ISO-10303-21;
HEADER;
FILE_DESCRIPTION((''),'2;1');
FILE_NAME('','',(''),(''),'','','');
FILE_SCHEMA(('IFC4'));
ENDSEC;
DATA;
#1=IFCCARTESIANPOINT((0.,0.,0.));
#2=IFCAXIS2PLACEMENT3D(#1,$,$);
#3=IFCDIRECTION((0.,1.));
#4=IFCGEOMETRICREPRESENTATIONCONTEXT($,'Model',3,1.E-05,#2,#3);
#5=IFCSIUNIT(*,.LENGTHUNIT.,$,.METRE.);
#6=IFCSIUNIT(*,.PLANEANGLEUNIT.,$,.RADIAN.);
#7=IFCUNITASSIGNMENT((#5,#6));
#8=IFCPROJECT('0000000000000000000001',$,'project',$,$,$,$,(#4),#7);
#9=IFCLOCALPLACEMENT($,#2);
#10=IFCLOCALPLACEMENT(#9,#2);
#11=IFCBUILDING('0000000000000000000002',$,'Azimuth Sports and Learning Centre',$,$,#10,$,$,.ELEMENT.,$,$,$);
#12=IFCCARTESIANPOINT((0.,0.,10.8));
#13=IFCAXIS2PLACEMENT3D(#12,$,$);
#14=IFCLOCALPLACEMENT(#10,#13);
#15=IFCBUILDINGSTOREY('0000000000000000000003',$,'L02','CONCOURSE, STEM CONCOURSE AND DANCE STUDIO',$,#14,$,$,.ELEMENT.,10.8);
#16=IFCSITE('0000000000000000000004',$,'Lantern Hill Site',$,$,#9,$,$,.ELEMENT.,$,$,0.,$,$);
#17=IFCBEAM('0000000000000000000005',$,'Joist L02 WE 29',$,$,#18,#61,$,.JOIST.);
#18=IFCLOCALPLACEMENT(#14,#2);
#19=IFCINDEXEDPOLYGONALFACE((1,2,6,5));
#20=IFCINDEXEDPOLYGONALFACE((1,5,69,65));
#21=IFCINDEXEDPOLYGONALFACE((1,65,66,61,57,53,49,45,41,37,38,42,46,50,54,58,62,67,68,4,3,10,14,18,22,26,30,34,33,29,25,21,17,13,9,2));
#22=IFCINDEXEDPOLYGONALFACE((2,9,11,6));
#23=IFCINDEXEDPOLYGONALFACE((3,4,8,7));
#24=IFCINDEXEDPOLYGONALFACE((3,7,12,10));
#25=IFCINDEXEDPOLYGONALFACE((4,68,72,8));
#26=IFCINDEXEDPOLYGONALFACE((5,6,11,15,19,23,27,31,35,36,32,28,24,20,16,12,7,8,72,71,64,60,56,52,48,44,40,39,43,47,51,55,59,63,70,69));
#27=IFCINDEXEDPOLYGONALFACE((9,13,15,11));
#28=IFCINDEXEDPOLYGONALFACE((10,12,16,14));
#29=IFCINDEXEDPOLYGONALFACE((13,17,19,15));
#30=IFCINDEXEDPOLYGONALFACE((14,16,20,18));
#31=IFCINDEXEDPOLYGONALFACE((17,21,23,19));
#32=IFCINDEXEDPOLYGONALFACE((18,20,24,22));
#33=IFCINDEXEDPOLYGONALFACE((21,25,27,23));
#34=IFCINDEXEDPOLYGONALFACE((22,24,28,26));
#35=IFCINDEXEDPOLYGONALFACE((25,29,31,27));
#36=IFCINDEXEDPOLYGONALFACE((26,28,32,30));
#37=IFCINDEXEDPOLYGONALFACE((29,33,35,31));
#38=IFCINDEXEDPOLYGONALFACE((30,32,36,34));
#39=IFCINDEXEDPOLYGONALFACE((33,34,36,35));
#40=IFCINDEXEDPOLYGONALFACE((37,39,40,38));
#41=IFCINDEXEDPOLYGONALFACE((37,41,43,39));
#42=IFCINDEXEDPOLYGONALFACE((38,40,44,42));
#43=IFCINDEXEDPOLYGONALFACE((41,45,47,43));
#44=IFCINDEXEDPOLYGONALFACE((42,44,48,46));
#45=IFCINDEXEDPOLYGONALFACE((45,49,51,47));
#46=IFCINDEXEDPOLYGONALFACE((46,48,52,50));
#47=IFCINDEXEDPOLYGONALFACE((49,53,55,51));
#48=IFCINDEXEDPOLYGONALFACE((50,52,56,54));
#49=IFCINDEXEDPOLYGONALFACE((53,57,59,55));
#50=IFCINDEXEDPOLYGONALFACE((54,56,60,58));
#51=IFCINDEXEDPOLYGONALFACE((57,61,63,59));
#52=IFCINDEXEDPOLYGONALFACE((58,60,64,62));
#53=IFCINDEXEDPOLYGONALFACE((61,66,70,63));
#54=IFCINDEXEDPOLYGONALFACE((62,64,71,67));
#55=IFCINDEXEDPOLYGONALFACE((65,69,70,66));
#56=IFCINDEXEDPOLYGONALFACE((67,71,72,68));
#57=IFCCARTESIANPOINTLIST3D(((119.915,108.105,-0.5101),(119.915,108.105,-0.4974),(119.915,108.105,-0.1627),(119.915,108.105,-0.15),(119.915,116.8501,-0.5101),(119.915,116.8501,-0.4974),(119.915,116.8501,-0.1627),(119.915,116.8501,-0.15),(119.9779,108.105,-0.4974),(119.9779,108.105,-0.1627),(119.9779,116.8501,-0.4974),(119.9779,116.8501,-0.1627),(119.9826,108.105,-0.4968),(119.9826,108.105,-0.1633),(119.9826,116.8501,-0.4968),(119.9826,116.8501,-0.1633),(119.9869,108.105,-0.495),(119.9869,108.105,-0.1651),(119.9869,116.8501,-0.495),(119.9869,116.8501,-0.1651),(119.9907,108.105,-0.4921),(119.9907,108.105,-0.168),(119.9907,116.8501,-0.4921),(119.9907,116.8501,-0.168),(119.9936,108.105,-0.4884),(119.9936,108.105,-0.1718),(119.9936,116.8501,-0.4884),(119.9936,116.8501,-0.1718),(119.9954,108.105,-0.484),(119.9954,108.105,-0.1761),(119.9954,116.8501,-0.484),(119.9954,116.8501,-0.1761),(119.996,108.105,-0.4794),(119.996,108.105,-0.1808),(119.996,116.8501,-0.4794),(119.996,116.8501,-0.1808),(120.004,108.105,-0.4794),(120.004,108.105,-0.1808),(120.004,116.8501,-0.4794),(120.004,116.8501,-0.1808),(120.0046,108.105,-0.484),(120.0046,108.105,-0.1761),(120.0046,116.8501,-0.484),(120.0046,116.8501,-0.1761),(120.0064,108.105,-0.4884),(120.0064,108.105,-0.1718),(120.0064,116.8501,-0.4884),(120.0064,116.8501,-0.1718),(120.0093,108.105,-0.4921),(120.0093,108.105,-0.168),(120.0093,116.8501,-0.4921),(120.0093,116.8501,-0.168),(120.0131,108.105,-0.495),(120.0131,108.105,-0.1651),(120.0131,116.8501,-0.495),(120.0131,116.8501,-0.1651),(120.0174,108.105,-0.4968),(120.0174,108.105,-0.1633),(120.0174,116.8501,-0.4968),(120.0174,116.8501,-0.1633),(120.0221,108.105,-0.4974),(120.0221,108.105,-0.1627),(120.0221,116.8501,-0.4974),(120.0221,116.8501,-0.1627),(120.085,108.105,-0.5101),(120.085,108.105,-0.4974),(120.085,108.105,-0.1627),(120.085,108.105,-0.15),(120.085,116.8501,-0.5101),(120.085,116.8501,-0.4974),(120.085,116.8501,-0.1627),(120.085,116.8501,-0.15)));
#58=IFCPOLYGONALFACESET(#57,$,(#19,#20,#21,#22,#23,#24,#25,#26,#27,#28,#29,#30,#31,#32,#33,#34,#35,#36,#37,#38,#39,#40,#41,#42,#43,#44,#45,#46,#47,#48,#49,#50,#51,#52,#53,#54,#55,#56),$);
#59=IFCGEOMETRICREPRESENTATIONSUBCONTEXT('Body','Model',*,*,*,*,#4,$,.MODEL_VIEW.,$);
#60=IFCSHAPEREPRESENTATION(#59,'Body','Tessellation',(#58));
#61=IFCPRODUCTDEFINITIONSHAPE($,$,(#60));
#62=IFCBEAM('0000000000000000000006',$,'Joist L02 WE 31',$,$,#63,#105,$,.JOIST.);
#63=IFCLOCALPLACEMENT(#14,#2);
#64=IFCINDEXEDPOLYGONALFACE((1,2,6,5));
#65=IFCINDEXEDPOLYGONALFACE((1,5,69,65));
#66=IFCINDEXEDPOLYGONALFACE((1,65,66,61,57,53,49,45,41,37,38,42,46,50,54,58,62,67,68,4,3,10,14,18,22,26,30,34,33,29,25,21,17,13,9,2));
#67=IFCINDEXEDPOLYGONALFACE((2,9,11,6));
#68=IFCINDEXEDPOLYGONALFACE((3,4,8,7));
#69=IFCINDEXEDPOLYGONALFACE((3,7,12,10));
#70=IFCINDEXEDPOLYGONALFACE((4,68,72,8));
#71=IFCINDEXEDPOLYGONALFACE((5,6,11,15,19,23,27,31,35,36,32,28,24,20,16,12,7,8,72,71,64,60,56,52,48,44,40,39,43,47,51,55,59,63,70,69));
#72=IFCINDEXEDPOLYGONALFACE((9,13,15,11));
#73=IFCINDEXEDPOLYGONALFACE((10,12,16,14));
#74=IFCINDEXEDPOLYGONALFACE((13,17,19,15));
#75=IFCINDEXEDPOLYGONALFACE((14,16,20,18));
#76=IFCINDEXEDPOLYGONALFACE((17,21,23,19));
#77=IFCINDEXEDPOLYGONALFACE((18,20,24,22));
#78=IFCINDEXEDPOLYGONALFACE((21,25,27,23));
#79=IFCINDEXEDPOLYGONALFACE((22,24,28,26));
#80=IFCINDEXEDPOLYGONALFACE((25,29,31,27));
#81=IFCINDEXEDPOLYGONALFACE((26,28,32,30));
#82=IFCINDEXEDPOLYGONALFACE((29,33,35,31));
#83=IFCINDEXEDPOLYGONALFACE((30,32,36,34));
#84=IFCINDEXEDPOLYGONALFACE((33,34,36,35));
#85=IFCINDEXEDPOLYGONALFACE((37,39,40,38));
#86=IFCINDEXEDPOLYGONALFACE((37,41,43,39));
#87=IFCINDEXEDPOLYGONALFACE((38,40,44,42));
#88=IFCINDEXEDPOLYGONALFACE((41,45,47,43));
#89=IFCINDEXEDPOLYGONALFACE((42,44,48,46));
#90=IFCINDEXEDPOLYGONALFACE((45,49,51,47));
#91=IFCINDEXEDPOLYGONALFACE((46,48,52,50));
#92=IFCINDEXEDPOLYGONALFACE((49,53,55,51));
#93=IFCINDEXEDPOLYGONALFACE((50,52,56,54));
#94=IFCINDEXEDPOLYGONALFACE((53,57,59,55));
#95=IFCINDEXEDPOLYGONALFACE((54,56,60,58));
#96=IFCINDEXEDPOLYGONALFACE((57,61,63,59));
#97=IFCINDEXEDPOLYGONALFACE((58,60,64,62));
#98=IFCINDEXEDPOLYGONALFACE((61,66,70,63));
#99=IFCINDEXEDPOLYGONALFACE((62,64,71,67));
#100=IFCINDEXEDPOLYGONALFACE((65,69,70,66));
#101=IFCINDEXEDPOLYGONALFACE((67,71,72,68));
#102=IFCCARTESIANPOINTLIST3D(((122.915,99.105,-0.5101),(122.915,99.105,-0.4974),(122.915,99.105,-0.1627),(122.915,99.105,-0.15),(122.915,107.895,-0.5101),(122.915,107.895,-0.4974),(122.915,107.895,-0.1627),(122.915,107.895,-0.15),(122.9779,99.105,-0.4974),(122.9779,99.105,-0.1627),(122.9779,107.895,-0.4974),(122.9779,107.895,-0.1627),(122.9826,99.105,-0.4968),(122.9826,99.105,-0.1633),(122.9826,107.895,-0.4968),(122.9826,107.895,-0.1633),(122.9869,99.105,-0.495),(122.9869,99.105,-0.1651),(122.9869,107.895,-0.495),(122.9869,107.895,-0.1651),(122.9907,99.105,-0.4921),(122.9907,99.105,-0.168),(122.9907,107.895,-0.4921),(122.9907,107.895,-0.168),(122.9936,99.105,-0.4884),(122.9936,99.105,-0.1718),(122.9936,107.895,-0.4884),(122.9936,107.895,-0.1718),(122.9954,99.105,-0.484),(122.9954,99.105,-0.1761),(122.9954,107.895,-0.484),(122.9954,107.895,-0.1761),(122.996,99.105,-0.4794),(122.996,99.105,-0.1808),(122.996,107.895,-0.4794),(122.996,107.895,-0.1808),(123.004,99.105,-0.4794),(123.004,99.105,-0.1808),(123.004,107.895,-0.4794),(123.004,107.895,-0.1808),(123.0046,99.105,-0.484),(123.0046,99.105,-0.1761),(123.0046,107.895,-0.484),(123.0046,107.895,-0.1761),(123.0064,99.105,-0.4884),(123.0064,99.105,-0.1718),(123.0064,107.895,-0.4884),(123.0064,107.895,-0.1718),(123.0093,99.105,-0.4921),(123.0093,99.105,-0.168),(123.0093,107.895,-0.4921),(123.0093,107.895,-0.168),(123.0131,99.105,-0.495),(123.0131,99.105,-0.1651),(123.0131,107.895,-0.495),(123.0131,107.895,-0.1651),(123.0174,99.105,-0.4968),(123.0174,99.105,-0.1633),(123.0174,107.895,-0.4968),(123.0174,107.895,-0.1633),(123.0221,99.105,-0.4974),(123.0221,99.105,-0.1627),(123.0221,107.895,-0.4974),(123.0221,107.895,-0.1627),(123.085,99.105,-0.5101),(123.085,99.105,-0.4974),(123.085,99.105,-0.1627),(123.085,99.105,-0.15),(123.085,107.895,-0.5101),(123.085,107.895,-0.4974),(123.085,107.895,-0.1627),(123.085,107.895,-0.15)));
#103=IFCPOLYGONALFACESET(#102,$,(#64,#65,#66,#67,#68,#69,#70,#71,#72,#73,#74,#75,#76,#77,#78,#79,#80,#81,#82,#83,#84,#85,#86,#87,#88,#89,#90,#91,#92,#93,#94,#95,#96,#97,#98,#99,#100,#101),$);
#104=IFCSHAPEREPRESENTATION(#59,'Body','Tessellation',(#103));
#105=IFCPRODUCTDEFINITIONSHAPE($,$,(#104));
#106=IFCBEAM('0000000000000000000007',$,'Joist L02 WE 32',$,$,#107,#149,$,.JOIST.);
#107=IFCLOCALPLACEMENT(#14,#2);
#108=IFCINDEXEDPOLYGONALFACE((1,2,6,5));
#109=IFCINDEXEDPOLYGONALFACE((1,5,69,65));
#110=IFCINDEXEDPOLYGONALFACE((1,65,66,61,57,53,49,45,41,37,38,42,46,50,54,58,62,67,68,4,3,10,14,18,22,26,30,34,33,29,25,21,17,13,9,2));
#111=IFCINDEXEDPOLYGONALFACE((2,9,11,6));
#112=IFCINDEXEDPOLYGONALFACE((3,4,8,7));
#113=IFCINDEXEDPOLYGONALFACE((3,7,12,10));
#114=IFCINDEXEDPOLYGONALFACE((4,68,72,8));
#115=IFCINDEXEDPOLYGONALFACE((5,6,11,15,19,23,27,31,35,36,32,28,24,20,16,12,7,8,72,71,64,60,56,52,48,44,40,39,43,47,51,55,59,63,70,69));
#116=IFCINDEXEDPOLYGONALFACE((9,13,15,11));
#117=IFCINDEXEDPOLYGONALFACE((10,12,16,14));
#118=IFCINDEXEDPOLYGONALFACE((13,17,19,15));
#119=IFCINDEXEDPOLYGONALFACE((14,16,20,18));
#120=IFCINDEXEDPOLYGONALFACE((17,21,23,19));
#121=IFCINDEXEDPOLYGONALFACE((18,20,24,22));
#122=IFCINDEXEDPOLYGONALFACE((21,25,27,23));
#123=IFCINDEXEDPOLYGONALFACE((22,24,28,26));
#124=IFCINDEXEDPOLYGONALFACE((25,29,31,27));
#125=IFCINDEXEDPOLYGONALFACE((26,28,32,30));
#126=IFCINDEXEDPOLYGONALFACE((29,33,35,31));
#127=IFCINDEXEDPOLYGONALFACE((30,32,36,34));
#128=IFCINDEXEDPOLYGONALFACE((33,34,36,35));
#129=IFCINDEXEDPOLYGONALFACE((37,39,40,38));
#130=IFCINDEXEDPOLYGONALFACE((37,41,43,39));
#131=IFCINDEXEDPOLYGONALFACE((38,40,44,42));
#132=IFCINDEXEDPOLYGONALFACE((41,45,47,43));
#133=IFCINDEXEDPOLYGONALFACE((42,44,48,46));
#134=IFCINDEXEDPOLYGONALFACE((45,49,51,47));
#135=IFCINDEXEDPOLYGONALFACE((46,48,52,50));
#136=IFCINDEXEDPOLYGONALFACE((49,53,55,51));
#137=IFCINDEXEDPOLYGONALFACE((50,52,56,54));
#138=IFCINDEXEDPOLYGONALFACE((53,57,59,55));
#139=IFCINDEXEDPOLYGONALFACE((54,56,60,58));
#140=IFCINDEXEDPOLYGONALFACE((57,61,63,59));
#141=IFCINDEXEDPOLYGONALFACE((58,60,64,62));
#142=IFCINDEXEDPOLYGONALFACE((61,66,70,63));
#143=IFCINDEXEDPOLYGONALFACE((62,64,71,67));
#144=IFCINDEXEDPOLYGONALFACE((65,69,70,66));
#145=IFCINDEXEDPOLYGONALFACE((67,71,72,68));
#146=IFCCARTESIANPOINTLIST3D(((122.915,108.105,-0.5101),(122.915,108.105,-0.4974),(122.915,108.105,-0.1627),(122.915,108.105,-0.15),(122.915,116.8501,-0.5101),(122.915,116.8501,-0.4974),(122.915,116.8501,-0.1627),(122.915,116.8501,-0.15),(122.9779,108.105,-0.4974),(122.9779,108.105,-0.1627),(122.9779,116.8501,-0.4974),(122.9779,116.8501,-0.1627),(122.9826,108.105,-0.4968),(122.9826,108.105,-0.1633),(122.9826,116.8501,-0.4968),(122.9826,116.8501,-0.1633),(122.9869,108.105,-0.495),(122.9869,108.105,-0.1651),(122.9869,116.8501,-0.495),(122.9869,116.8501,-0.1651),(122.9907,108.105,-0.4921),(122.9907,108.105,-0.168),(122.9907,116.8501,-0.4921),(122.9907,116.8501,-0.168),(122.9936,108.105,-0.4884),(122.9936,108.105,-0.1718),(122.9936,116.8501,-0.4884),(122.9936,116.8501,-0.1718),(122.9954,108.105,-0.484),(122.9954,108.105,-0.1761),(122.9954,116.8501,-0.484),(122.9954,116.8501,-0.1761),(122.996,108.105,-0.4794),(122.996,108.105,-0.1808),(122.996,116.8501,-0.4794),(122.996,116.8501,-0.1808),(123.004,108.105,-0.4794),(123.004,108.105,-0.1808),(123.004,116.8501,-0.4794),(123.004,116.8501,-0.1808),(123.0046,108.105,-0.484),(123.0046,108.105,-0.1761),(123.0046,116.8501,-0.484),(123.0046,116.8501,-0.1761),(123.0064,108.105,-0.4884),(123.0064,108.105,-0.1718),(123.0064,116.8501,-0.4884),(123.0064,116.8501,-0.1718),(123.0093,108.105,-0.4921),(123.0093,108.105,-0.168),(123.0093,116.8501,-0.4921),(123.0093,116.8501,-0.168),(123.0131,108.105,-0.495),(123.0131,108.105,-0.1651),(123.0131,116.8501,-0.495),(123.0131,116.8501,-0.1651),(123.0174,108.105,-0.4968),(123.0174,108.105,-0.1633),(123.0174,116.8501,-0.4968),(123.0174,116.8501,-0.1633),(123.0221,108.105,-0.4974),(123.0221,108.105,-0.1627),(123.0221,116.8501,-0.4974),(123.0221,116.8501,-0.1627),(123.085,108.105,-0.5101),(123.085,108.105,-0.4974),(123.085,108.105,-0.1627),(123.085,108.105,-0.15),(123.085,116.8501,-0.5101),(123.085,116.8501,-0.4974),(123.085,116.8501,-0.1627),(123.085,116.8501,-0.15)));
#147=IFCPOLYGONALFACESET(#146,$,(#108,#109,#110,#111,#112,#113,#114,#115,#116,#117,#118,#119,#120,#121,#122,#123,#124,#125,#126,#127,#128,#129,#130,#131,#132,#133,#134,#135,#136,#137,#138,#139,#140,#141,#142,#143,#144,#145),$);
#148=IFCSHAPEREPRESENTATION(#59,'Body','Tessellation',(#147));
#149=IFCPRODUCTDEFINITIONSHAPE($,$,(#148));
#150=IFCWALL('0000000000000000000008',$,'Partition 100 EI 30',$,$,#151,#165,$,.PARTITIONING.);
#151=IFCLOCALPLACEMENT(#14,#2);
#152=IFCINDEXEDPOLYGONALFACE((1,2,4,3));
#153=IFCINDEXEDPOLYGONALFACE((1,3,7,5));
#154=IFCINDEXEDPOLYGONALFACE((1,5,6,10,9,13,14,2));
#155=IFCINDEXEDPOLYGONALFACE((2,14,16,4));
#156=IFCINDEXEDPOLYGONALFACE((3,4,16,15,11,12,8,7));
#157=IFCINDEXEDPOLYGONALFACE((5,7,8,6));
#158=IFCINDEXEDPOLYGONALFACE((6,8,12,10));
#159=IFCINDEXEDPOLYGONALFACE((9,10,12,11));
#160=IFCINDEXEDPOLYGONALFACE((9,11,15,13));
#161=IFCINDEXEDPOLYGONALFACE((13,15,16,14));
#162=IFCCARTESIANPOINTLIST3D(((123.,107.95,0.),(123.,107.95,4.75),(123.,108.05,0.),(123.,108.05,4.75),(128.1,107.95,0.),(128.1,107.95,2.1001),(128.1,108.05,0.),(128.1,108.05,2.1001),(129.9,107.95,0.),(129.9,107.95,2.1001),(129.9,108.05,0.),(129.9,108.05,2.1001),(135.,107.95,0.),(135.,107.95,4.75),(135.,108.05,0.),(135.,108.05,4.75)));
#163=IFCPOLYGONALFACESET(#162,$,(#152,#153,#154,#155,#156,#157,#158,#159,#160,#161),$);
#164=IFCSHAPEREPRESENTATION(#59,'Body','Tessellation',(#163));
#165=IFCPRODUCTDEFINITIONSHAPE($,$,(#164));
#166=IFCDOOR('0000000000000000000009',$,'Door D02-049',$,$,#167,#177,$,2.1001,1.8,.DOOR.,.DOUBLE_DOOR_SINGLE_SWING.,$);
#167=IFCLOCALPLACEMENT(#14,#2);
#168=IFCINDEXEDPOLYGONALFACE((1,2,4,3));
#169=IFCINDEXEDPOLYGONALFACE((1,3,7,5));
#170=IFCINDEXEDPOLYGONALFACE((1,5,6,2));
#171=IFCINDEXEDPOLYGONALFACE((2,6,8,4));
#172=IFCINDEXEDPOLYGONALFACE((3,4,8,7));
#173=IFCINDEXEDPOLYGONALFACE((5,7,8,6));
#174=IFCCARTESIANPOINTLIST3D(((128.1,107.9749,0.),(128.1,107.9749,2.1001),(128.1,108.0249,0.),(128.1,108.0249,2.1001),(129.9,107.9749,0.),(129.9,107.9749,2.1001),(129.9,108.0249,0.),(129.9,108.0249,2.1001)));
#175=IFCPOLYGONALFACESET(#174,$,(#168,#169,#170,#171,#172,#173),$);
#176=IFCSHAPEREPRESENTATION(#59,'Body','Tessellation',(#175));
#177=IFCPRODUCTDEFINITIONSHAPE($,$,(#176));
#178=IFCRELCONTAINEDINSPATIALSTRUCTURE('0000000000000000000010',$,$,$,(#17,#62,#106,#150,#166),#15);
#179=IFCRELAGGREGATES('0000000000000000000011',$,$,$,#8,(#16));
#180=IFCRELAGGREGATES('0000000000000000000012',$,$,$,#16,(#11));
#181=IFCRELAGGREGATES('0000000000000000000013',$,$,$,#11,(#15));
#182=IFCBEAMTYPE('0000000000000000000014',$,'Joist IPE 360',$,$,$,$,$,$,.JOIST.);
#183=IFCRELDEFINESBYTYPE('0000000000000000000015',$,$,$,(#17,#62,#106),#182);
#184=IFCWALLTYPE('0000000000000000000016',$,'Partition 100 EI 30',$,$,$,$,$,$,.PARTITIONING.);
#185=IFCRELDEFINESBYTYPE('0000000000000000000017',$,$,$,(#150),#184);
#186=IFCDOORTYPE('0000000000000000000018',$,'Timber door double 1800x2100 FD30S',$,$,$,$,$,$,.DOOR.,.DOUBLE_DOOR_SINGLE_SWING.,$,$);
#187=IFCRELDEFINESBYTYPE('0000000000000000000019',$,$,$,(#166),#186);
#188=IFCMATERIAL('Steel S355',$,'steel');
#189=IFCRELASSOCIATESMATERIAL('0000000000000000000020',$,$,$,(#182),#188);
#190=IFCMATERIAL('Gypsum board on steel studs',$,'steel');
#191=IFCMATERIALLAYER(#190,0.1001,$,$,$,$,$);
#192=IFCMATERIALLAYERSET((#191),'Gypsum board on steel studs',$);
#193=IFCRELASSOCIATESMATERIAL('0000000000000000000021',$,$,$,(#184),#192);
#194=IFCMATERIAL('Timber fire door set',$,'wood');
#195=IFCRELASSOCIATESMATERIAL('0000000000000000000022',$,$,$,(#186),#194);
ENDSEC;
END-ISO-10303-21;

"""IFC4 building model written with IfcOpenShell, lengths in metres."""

from ifc_helpers import new_model, si_unit, direction, frame, frame_2d, origin, origin_2d, place, context, subcontext, project, spatial, rectangle, i_section, extrude, material, layer, layer_set, material_profile, profile_set, type_object, element, fill, save


model = new_model("IFC4")

# Units and contexts
model_context = context("Model", 3, precision=1e-05, world=origin(), true_north=direction((0.0, 1.0)))
body_context = subcontext(model_context, "Body", "Model", "MODEL_VIEW")
ifc_project = project(units=[si_unit("LENGTHUNIT", "METRE"), si_unit("PLANEANGLEUNIT", "RADIAN")], contexts=[model_context])

# Site, building, storey
site_placement = place(None, origin())
site = spatial("IfcSite", under=ifc_project, at=site_placement, Name="Lantern Hill Site", CompositionType="ELEMENT", RefElevation=0.0)
building_placement = place(site_placement, origin())
building = spatial("IfcBuilding", under=site, at=building_placement, Name="Azimuth Sports and Learning Centre", CompositionType="ELEMENT")
storey_placement = place(building_placement, frame((0.0, 0.0, 10.8)))
storey = spatial("IfcBuildingStorey", under=building, at=storey_placement, Name="L02", Description="CONCOURSE, STEM CONCOURSE AND DANCE STUDIO", CompositionType="ELEMENT", Elevation=10.8)

# Beams
ifc_material_1 = material(Name="Steel S355", Category="steel")
ifc_material_profile_1 = material_profile(ifc_material_1, i_section(OverallWidth=0.1699, OverallDepth=0.3601, WebThickness=0.0081, FlangeThickness=0.0127, FilletRadius=0.0181, at=origin_2d()), Name="IPE 360")
ifc_profile_set_1 = profile_set([ifc_material_profile_1], Name="Steel S355")
beam_type_1 = type_object("IfcBeamType", Name="Joist IPE 360", PredefinedType="JOIST", material=ifc_profile_set_1)
beam_1_placement = place(storey_placement, frame((120.0, 108.105, -0.3301), z_axis=(0.0, 1.0, 0.0), x_axis=(-1.0, 0.0, 0.0)))
element("IfcBeam", 1, at=beam_1_placement, inside=storey, type_object=beam_type_1, Name="Joist L02 WE 29", PredefinedType="JOIST", context=body_context, shape_type="SweptSolid", body=[
    extrude(i_section(OverallWidth=0.1699, OverallDepth=0.3601, WebThickness=0.0081, FlangeThickness=0.0127, FilletRadius=0.0181, at=origin_2d()), origin(), (0.0, 0.0, 1.0), 8.7451),
])
beam_2_placement = place(storey_placement, frame((123.0, 99.105, -0.3301), z_axis=(0.0, 1.0, 0.0), x_axis=(-1.0, 0.0, 0.0)))
element("IfcBeam", 2, at=beam_2_placement, inside=storey, type_object=beam_type_1, Name="Joist L02 WE 31", PredefinedType="JOIST", context=body_context, shape_type="SweptSolid", body=[
    extrude(i_section(OverallWidth=0.1699, OverallDepth=0.3601, WebThickness=0.0081, FlangeThickness=0.0127, FilletRadius=0.0181, at=origin_2d()), origin(), (0.0, 0.0, 1.0), 8.79),
])
beam_3_placement = place(storey_placement, frame((123.0, 108.105, -0.3301), z_axis=(0.0, 1.0, 0.0), x_axis=(-1.0, 0.0, 0.0)))
element("IfcBeam", 3, at=beam_3_placement, inside=storey, type_object=beam_type_1, Name="Joist L02 WE 32", PredefinedType="JOIST", context=body_context, shape_type="SweptSolid", body=[
    extrude(i_section(OverallWidth=0.1699, OverallDepth=0.3601, WebThickness=0.0081, FlangeThickness=0.0127, FilletRadius=0.0181, at=origin_2d()), origin(), (0.0, 0.0, 1.0), 8.7451),
])

# Wall, opening, door
ifc_material_2 = material(Name="Gypsum board on steel studs", Category="steel")
ifc_layer_1 = layer(ifc_material_2, 0.1001)
ifc_layer_set_1 = layer_set([ifc_layer_1], Name="Gypsum board on steel studs")
wall_type_1 = type_object("IfcWallType", Name="Partition 100 EI 30", PredefinedType="PARTITIONING", material=ifc_layer_set_1)
wall_1_placement = place(storey_placement, frame((123.0, 108.0, 0.0), z_axis=(0.0, 0.0, 1.0), x_axis=(1.0, 0.0, 0.0)))
wall_1 = element("IfcWall", 4, at=wall_1_placement, inside=storey, type_object=wall_type_1, Name="Partition 100 EI 30", PredefinedType="PARTITIONING", context=body_context, shape_type="SweptSolid", body=[
    extrude(rectangle(XDim=12.0, YDim=0.1001, at=frame_2d((6.0, 0.0))), origin(), (0.0, 0.0, 1.0), 4.75),
])
opening_1_placement = place(wall_1_placement, frame((5.1001, 0.0, 0.0)))
opening_1 = element("IfcOpeningElement", 5, at=opening_1_placement, cuts=wall_1, PredefinedType="OPENING", context=body_context, shape_type="SweptSolid", body=[
    extrude(rectangle(XDim=1.8, YDim=2.1001, at=frame_2d((0.8999, 1.05))), frame((0.0, 0.061, 0.0), z_axis=(0.0, -1.0, 0.0), x_axis=(1.0, 0.0, 0.0)), (0.0, 0.0, 1.0), 0.1221),
])
ifc_material_3 = material(Name="Timber fire door set", Category="wood")
door_type_1 = type_object("IfcDoorType", Name="Timber door double 1800x2100 FD30S", OperationType="DOUBLE_DOOR_SINGLE_SWING", PredefinedType="DOOR", material=ifc_material_3)
door_1_placement = place(opening_1_placement, origin())
door_1 = element("IfcDoor", 6, at=door_1_placement, inside=storey, type_object=door_type_1, Name="Door D02-049", OperationType="DOUBLE_DOOR_SINGLE_SWING", OverallHeight=2.1001, OverallWidth=1.8, PredefinedType="DOOR", context=body_context, shape_type="SweptSolid", body=[
    extrude(rectangle(XDim=1.8, YDim=2.1001, at=frame_2d((0.8999, 1.05))), frame((0.0, 0.0249, 0.0), z_axis=(0.0, -1.0, 0.0), x_axis=(1.0, 0.0, 0.0)), (0.0, 0.0, 1.0), 0.05),
])
fill(opening_1, door_1)

save(model, "model.ifc")
